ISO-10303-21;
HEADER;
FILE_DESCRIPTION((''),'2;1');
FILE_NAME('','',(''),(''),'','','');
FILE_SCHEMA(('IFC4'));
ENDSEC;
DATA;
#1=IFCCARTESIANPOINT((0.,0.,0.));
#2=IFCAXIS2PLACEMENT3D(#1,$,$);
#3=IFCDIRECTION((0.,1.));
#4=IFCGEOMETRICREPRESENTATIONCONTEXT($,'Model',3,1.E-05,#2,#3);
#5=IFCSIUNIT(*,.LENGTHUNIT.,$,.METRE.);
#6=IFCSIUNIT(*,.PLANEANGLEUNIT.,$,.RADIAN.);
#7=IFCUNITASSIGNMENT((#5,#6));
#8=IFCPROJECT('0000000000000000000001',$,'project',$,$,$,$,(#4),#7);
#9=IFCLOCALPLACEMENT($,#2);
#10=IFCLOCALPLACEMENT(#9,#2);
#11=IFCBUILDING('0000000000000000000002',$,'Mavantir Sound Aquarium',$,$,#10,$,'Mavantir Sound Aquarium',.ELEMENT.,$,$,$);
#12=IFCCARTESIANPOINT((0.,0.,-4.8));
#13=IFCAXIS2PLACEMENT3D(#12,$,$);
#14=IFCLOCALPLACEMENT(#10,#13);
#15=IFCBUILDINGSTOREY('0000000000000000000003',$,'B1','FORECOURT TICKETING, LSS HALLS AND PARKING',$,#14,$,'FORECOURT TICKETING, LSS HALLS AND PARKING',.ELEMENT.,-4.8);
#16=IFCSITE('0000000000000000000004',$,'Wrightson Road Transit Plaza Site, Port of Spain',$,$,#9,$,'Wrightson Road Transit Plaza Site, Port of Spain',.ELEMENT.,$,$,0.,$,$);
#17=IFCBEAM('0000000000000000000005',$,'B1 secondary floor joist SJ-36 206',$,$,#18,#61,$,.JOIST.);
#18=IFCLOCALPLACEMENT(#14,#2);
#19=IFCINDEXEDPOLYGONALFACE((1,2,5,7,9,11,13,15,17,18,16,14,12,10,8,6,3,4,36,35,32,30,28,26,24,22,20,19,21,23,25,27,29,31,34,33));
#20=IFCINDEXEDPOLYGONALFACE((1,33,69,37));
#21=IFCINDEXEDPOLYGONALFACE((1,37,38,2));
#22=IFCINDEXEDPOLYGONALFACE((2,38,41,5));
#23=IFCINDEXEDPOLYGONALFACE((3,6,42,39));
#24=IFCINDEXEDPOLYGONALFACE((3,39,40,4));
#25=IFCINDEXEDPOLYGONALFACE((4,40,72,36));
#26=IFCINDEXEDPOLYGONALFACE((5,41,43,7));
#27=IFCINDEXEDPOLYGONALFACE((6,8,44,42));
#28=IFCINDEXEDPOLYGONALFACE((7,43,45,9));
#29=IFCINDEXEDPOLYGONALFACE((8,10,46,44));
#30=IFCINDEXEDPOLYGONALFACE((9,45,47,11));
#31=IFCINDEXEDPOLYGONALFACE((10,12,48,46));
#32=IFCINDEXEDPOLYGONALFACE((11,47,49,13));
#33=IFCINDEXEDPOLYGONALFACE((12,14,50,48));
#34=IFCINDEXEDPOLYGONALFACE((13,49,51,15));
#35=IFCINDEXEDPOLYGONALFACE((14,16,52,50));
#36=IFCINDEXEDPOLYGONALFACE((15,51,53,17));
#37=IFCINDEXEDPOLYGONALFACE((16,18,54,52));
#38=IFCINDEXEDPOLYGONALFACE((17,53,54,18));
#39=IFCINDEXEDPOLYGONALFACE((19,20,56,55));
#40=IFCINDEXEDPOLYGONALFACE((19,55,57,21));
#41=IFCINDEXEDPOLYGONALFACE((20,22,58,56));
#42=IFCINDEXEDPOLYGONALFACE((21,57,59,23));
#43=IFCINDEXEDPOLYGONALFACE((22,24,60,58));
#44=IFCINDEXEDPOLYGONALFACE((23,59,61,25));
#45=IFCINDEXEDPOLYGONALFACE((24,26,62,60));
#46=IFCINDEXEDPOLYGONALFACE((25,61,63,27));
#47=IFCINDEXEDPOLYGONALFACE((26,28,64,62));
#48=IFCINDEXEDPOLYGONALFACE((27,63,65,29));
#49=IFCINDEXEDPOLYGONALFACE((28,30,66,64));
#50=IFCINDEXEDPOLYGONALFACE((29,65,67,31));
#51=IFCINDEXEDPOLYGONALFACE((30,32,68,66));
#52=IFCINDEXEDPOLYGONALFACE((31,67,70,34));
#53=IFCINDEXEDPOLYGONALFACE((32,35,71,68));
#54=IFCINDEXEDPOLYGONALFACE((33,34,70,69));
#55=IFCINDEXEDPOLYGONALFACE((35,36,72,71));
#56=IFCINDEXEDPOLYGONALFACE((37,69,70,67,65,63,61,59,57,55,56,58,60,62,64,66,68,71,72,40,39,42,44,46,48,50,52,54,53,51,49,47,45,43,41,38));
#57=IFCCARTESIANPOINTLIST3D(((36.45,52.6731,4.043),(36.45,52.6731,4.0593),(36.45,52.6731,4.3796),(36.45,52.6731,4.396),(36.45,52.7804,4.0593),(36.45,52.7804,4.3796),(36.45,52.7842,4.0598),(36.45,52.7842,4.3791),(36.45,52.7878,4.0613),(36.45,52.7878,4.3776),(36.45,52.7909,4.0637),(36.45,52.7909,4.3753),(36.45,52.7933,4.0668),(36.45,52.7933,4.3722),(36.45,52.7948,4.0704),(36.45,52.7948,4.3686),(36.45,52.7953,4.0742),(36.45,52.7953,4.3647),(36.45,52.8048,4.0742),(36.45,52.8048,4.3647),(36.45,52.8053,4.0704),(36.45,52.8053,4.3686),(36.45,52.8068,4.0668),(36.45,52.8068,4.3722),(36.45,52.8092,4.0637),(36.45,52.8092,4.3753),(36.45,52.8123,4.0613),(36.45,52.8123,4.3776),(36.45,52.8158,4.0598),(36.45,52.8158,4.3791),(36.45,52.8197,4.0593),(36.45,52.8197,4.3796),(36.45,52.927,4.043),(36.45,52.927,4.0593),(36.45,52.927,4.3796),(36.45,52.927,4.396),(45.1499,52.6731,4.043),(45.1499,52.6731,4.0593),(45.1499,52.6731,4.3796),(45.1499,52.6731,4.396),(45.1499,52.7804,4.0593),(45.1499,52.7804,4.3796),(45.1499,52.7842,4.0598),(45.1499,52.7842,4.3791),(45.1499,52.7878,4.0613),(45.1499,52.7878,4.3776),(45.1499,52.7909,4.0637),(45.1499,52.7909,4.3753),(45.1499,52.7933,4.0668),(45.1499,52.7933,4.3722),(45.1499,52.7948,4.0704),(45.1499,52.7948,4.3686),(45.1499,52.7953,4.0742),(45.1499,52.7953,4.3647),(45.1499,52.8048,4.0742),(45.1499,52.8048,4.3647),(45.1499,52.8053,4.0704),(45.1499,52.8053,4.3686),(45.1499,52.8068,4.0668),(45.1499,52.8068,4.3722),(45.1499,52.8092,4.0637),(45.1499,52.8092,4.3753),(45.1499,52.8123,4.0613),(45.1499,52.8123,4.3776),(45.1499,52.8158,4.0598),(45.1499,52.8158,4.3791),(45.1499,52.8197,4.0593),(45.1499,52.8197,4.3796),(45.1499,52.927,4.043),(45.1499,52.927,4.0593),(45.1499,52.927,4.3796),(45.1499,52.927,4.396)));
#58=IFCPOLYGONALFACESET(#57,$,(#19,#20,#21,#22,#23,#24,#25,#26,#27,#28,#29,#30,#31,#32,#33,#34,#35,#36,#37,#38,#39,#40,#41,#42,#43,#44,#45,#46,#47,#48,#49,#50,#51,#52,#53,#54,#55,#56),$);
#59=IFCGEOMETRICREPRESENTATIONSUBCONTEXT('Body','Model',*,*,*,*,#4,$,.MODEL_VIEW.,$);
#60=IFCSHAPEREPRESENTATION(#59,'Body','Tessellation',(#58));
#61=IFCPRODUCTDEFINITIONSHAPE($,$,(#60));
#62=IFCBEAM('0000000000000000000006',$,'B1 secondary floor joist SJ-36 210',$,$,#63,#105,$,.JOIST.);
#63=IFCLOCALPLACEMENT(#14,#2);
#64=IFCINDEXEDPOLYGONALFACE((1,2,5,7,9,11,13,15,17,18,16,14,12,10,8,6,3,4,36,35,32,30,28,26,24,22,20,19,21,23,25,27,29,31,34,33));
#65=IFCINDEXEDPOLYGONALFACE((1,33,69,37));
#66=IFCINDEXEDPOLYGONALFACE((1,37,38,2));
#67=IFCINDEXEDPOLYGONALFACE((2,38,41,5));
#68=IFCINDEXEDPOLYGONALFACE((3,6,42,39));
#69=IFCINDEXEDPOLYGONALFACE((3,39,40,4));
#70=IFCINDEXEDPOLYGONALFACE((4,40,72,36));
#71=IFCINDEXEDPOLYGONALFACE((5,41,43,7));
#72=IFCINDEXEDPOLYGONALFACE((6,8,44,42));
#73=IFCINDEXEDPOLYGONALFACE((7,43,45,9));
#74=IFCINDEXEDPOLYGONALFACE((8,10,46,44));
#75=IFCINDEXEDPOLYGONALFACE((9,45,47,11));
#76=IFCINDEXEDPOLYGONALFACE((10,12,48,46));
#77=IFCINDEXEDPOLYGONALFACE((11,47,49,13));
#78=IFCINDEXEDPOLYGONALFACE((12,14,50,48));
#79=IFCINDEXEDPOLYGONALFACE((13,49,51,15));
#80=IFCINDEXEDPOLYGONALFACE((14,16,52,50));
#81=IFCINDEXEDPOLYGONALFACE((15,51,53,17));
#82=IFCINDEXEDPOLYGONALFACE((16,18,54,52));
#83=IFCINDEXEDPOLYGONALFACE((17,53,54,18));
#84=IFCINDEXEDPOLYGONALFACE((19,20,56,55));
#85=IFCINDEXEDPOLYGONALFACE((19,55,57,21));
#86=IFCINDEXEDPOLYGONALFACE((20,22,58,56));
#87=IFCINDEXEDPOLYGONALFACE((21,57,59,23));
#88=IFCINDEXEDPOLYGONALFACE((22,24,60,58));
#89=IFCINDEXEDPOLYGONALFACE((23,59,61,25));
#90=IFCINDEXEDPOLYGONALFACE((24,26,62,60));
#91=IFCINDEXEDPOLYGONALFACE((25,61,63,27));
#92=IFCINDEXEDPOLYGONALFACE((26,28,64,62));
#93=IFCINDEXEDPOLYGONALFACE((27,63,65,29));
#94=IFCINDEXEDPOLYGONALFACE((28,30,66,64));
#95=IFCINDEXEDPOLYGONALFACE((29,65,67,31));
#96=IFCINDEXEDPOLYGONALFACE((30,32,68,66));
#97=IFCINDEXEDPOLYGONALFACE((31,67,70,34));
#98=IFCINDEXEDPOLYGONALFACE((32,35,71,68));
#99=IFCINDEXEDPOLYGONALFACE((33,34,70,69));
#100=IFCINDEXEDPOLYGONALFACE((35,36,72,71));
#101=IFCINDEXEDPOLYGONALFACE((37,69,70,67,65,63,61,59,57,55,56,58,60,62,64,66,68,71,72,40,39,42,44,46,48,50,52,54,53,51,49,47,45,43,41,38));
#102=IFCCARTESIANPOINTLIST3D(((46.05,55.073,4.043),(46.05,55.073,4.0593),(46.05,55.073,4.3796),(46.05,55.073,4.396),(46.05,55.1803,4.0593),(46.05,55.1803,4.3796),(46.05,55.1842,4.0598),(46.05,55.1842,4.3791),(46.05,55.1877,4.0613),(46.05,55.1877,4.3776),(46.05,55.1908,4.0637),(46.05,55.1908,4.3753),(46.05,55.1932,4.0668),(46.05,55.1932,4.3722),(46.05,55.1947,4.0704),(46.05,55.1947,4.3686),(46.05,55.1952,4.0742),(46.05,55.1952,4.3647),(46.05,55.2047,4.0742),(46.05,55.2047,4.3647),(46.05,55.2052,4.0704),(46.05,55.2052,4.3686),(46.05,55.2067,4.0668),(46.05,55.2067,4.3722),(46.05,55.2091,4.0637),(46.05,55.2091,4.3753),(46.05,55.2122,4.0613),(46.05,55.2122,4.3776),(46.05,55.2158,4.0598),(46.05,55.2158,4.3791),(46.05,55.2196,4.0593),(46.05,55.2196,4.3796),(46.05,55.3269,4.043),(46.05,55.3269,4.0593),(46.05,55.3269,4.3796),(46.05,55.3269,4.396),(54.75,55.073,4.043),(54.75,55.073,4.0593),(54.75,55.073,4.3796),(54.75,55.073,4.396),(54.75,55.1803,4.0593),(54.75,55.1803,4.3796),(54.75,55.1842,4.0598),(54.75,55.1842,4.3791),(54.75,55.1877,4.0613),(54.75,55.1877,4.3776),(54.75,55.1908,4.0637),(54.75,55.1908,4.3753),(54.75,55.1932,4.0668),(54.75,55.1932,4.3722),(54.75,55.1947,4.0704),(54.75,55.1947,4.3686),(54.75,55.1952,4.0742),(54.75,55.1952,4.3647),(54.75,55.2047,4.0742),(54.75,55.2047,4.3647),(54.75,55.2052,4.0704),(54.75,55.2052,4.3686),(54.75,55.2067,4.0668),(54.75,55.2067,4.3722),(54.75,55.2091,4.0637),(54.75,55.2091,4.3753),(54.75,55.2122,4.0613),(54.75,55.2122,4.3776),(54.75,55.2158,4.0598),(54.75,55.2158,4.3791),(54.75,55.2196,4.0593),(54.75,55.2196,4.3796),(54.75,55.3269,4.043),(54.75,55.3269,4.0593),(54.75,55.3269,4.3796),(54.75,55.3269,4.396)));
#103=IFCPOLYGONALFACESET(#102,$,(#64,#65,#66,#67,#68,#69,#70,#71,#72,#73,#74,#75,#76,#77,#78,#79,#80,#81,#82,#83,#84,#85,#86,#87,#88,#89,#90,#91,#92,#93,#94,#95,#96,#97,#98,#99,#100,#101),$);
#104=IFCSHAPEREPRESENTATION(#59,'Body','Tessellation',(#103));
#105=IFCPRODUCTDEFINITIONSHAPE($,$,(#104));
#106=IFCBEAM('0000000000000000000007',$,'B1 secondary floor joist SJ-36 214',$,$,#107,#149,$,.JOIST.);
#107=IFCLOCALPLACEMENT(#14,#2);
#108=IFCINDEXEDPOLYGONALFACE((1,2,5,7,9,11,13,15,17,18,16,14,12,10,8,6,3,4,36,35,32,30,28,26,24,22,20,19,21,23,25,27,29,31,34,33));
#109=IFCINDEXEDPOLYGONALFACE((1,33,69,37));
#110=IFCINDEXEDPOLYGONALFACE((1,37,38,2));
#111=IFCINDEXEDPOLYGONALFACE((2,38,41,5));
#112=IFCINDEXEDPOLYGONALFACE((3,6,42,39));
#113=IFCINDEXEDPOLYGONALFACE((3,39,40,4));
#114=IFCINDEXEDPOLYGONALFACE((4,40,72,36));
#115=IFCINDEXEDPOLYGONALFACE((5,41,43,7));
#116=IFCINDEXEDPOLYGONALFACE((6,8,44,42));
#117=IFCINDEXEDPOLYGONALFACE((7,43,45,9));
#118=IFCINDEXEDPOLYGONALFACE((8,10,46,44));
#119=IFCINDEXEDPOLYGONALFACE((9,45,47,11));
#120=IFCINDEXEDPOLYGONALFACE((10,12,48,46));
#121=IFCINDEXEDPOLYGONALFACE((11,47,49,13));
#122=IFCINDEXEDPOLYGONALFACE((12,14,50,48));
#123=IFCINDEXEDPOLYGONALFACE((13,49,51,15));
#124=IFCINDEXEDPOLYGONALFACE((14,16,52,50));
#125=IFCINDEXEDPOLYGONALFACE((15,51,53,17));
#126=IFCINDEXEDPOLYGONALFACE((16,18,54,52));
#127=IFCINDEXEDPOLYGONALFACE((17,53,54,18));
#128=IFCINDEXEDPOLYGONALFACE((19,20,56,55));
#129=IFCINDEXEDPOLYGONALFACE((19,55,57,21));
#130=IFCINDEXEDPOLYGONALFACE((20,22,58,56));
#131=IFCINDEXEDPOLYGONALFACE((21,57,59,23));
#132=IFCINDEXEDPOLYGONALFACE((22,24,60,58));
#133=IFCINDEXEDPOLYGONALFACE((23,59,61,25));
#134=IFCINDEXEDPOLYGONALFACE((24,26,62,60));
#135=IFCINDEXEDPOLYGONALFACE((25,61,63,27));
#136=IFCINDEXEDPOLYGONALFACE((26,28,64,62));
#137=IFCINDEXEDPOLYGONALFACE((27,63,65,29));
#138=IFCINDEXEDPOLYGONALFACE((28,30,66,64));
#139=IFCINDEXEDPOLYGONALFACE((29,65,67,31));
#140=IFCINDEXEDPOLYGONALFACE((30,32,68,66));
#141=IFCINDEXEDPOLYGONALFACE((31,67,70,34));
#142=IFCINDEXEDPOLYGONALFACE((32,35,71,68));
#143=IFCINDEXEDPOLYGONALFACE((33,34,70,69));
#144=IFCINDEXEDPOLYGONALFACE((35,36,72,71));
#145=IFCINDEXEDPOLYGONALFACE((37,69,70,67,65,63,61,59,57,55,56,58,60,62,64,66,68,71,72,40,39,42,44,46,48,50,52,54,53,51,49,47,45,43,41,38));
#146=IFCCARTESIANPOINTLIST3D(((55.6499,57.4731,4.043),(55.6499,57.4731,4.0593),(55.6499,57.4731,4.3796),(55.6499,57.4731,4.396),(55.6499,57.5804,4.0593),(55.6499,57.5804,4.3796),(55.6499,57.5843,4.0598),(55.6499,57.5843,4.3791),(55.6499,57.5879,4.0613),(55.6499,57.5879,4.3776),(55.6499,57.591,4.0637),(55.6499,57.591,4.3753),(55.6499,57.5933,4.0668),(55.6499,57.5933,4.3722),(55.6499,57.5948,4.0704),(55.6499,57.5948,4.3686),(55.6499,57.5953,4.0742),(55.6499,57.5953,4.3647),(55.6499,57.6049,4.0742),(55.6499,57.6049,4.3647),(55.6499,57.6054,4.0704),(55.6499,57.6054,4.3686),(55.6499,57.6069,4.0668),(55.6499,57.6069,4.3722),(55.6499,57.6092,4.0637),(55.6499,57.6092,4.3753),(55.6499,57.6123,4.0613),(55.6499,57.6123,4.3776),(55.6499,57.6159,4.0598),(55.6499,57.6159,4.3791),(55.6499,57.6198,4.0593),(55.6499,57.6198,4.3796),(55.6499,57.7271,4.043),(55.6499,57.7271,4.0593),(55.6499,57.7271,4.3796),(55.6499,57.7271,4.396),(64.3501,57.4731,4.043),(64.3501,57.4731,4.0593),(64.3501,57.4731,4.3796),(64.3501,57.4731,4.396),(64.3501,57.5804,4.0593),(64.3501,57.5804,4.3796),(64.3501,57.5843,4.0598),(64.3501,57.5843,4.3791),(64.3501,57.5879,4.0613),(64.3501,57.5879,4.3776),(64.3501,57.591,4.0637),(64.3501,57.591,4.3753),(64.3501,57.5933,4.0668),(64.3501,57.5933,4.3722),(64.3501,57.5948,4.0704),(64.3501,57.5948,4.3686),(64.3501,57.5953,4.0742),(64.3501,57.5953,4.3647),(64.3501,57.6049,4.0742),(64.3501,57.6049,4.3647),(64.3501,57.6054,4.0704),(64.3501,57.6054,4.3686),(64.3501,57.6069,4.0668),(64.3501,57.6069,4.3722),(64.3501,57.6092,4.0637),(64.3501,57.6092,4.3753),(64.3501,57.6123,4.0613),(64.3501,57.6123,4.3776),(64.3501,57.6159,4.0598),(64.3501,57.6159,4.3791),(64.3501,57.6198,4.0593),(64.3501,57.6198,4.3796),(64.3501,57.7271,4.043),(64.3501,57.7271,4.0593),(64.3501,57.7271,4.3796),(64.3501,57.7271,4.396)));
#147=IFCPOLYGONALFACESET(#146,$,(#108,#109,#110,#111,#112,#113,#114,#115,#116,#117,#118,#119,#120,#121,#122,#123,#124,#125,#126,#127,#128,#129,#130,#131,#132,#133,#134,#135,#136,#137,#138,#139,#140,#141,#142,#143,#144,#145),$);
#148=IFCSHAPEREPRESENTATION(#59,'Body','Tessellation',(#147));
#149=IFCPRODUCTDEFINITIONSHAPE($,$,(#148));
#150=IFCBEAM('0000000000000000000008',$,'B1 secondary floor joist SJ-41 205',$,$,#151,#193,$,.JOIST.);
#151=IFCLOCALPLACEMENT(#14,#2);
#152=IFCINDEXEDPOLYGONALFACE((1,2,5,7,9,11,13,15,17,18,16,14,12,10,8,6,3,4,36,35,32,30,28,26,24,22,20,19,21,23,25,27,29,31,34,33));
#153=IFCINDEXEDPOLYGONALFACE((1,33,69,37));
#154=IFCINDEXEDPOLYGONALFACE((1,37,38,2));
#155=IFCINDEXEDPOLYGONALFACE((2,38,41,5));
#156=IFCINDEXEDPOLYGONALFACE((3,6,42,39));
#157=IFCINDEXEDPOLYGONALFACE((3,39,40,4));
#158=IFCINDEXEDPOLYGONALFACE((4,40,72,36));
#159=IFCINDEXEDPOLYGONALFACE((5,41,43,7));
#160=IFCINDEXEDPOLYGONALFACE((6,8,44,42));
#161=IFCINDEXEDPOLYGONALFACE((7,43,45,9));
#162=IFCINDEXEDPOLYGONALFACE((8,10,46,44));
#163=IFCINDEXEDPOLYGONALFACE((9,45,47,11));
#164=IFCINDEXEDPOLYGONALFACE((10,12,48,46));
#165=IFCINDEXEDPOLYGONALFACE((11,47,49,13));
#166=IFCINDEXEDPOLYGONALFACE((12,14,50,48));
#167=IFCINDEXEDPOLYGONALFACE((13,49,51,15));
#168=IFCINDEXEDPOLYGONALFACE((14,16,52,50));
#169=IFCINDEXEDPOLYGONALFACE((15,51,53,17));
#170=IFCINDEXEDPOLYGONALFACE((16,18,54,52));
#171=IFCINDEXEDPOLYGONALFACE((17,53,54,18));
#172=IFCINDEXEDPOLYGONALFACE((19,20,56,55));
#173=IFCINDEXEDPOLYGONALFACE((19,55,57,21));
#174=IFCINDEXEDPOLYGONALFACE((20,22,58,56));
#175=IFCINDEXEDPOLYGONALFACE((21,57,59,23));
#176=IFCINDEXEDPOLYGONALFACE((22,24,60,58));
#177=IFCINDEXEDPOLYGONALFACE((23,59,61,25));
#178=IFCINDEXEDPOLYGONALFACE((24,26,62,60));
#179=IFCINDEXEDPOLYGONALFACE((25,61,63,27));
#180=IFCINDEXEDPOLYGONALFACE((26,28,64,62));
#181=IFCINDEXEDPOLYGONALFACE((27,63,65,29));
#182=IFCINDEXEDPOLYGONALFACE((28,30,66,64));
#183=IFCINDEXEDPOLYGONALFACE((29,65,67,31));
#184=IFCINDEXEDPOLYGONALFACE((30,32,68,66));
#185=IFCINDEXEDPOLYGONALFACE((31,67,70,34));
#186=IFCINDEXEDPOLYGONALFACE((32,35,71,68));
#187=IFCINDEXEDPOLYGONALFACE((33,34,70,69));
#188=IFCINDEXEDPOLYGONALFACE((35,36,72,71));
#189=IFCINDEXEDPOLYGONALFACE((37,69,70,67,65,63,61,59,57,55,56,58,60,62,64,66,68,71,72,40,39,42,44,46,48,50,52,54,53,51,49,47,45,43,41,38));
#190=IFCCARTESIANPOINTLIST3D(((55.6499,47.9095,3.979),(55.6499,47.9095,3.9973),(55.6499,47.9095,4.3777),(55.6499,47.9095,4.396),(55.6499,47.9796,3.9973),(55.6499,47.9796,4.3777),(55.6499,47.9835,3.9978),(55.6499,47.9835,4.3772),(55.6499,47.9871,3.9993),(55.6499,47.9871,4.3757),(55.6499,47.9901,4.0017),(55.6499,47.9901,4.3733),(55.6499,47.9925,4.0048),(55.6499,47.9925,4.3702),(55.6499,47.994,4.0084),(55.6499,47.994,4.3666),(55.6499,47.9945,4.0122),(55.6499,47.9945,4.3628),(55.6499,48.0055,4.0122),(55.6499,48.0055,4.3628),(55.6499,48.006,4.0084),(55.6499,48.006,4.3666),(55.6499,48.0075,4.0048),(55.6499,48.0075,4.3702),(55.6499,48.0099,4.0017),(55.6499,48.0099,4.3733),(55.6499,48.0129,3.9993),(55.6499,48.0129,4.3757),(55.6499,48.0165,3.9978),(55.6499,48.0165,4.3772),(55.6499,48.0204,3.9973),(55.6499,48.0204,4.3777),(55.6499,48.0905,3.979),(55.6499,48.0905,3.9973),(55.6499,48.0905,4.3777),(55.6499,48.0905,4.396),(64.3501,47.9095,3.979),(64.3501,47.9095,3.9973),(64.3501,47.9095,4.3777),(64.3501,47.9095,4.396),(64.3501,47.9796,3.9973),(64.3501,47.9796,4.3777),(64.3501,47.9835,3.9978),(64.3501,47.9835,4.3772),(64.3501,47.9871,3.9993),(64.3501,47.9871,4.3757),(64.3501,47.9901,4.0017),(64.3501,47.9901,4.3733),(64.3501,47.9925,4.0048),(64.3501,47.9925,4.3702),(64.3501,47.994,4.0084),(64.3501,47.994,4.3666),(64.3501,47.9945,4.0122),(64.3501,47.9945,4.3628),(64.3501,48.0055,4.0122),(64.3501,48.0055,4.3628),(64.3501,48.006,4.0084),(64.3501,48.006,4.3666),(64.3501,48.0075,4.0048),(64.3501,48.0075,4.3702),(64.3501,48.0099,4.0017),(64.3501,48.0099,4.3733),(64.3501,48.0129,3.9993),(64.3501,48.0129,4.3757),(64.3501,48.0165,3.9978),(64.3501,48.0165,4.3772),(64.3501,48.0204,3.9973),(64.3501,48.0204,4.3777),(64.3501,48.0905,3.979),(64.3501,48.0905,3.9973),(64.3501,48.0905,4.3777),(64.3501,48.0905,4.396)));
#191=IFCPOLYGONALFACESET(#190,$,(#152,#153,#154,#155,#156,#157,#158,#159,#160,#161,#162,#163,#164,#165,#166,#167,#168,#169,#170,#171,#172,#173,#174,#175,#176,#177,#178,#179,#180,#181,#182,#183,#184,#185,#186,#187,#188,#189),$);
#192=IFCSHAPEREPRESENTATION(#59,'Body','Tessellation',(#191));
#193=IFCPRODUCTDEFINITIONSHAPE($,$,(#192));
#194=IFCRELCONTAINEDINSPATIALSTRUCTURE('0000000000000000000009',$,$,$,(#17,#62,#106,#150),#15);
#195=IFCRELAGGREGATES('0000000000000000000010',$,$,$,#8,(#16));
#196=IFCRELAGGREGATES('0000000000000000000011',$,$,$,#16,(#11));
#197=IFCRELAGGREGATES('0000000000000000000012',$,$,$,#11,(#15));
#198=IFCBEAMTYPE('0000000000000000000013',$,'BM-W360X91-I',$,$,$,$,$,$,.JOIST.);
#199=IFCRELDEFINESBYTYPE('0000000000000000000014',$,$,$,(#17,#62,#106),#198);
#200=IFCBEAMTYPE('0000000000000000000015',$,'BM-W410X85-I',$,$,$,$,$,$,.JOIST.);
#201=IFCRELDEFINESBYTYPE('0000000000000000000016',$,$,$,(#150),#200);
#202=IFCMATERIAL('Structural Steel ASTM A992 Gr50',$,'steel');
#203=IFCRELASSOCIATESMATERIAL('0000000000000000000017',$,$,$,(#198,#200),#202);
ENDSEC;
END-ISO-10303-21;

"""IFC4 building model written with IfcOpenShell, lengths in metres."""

from ifc_helpers import new_model, si_unit, direction, frame, origin, origin_2d, place, context, subcontext, project, spatial, i_section, extrude, material, material_profile, profile_set, type_object, element, save


model = new_model("IFC4")

# Units and contexts
model_context = context("Model", 3, precision=1e-05, world=origin(), true_north=direction((0.0, 1.0)))
body_context = subcontext(model_context, "Body", "Model", "MODEL_VIEW")
ifc_project = project(units=[si_unit("LENGTHUNIT", "METRE"), si_unit("PLANEANGLEUNIT", "RADIAN")], contexts=[model_context])

# Site, building, storey
site_placement = place(None, origin())
site = spatial("IfcSite", under=ifc_project, at=site_placement, Name="Wrightson Road Transit Plaza Site, Port of Spain", LongName="Wrightson Road Transit Plaza Site, Port of Spain", CompositionType="ELEMENT", RefElevation=0.0)
building_placement = place(site_placement, origin())
building = spatial("IfcBuilding", under=site, at=building_placement, Name="Mavantir Sound Aquarium", LongName="Mavantir Sound Aquarium", CompositionType="ELEMENT")
storey_placement = place(building_placement, frame((0.0, 0.0, -4.8)))
storey = spatial("IfcBuildingStorey", under=building, at=storey_placement, Name="B1", Description="FORECOURT TICKETING, LSS HALLS AND PARKING", LongName="FORECOURT TICKETING, LSS HALLS AND PARKING", CompositionType="ELEMENT", Elevation=-4.8)

# Beams
ifc_material_1 = material(Name="Structural Steel ASTM A992 Gr50", Category="steel")
ifc_material_profile_1 = material_profile(ifc_material_1, i_section(OverallWidth=0.2539, OverallDepth=0.353, WebThickness=0.0095, FlangeThickness=0.0164, FilletRadius=0.0149, at=origin_2d()), Name="W360X91")
ifc_profile_set_1 = profile_set([ifc_material_profile_1], Name="Structural Steel ASTM A992 Gr50")
beam_type_1 = type_object("IfcBeamType", Name="BM-W360X91-I", PredefinedType="JOIST", material=ifc_profile_set_1)
for number, where, z_axis, x_axis, name in (
    (1, (36.45, 52.8, 4.2195), (1.0, 0.0, 0.0), (0.0, 1.0, 0.0), "B1 secondary floor joist SJ-36 206"),
    (2, (46.05, 55.2, 4.2195), (1.0, 0.0, 0.0), (0.0, 1.0, 0.0), "B1 secondary floor joist SJ-36 210"),
):
    element("IfcBeam", number, at=place(storey_placement, frame(where, z_axis=z_axis, x_axis=x_axis)), inside=storey, type_object=beam_type_1, Name=name, PredefinedType="JOIST", context=body_context, shape_type="SweptSolid", body=[
        extrude(i_section(OverallWidth=0.2539, OverallDepth=0.353, WebThickness=0.0095, FlangeThickness=0.0164, FilletRadius=0.0149, at=origin_2d()), origin(), (0.0, 0.0, 1.0), 8.7),
    ])
beam_1_placement = place(storey_placement, frame((55.6499, 57.6001, 4.2195), z_axis=(1.0, 0.0, 0.0), x_axis=(0.0, 1.0, 0.0)))
element("IfcBeam", 3, at=beam_1_placement, inside=storey, type_object=beam_type_1, Name="B1 secondary floor joist SJ-36 214", PredefinedType="JOIST", context=body_context, shape_type="SweptSolid", body=[
    extrude(i_section(OverallWidth=0.2539, OverallDepth=0.353, WebThickness=0.0095, FlangeThickness=0.0164, FilletRadius=0.0149, at=origin_2d()), origin(), (0.0, 0.0, 1.0), 8.7002),
])
ifc_material_profile_2 = material_profile(ifc_material_1, i_section(OverallWidth=0.1809, OverallDepth=0.417, WebThickness=0.011, FlangeThickness=0.0183, FilletRadius=0.0149, at=origin_2d()), Name="W410X85")
ifc_profile_set_2 = profile_set([ifc_material_profile_2], Name="Structural Steel ASTM A992 Gr50")
beam_type_2 = type_object("IfcBeamType", Name="BM-W410X85-I", PredefinedType="JOIST", material=ifc_profile_set_2)
beam_2_placement = place(storey_placement, frame((55.6499, 48.0, 4.1875), z_axis=(1.0, 0.0, 0.0), x_axis=(0.0, 1.0, 0.0)))
element("IfcBeam", 4, at=beam_2_placement, inside=storey, type_object=beam_type_2, Name="B1 secondary floor joist SJ-41 205", PredefinedType="JOIST", context=body_context, shape_type="SweptSolid", body=[
    extrude(i_section(OverallWidth=0.1809, OverallDepth=0.417, WebThickness=0.011, FlangeThickness=0.0183, FilletRadius=0.0149, at=origin_2d()), origin(), (0.0, 0.0, 1.0), 8.7002),
])

save(model, "model.ifc")
